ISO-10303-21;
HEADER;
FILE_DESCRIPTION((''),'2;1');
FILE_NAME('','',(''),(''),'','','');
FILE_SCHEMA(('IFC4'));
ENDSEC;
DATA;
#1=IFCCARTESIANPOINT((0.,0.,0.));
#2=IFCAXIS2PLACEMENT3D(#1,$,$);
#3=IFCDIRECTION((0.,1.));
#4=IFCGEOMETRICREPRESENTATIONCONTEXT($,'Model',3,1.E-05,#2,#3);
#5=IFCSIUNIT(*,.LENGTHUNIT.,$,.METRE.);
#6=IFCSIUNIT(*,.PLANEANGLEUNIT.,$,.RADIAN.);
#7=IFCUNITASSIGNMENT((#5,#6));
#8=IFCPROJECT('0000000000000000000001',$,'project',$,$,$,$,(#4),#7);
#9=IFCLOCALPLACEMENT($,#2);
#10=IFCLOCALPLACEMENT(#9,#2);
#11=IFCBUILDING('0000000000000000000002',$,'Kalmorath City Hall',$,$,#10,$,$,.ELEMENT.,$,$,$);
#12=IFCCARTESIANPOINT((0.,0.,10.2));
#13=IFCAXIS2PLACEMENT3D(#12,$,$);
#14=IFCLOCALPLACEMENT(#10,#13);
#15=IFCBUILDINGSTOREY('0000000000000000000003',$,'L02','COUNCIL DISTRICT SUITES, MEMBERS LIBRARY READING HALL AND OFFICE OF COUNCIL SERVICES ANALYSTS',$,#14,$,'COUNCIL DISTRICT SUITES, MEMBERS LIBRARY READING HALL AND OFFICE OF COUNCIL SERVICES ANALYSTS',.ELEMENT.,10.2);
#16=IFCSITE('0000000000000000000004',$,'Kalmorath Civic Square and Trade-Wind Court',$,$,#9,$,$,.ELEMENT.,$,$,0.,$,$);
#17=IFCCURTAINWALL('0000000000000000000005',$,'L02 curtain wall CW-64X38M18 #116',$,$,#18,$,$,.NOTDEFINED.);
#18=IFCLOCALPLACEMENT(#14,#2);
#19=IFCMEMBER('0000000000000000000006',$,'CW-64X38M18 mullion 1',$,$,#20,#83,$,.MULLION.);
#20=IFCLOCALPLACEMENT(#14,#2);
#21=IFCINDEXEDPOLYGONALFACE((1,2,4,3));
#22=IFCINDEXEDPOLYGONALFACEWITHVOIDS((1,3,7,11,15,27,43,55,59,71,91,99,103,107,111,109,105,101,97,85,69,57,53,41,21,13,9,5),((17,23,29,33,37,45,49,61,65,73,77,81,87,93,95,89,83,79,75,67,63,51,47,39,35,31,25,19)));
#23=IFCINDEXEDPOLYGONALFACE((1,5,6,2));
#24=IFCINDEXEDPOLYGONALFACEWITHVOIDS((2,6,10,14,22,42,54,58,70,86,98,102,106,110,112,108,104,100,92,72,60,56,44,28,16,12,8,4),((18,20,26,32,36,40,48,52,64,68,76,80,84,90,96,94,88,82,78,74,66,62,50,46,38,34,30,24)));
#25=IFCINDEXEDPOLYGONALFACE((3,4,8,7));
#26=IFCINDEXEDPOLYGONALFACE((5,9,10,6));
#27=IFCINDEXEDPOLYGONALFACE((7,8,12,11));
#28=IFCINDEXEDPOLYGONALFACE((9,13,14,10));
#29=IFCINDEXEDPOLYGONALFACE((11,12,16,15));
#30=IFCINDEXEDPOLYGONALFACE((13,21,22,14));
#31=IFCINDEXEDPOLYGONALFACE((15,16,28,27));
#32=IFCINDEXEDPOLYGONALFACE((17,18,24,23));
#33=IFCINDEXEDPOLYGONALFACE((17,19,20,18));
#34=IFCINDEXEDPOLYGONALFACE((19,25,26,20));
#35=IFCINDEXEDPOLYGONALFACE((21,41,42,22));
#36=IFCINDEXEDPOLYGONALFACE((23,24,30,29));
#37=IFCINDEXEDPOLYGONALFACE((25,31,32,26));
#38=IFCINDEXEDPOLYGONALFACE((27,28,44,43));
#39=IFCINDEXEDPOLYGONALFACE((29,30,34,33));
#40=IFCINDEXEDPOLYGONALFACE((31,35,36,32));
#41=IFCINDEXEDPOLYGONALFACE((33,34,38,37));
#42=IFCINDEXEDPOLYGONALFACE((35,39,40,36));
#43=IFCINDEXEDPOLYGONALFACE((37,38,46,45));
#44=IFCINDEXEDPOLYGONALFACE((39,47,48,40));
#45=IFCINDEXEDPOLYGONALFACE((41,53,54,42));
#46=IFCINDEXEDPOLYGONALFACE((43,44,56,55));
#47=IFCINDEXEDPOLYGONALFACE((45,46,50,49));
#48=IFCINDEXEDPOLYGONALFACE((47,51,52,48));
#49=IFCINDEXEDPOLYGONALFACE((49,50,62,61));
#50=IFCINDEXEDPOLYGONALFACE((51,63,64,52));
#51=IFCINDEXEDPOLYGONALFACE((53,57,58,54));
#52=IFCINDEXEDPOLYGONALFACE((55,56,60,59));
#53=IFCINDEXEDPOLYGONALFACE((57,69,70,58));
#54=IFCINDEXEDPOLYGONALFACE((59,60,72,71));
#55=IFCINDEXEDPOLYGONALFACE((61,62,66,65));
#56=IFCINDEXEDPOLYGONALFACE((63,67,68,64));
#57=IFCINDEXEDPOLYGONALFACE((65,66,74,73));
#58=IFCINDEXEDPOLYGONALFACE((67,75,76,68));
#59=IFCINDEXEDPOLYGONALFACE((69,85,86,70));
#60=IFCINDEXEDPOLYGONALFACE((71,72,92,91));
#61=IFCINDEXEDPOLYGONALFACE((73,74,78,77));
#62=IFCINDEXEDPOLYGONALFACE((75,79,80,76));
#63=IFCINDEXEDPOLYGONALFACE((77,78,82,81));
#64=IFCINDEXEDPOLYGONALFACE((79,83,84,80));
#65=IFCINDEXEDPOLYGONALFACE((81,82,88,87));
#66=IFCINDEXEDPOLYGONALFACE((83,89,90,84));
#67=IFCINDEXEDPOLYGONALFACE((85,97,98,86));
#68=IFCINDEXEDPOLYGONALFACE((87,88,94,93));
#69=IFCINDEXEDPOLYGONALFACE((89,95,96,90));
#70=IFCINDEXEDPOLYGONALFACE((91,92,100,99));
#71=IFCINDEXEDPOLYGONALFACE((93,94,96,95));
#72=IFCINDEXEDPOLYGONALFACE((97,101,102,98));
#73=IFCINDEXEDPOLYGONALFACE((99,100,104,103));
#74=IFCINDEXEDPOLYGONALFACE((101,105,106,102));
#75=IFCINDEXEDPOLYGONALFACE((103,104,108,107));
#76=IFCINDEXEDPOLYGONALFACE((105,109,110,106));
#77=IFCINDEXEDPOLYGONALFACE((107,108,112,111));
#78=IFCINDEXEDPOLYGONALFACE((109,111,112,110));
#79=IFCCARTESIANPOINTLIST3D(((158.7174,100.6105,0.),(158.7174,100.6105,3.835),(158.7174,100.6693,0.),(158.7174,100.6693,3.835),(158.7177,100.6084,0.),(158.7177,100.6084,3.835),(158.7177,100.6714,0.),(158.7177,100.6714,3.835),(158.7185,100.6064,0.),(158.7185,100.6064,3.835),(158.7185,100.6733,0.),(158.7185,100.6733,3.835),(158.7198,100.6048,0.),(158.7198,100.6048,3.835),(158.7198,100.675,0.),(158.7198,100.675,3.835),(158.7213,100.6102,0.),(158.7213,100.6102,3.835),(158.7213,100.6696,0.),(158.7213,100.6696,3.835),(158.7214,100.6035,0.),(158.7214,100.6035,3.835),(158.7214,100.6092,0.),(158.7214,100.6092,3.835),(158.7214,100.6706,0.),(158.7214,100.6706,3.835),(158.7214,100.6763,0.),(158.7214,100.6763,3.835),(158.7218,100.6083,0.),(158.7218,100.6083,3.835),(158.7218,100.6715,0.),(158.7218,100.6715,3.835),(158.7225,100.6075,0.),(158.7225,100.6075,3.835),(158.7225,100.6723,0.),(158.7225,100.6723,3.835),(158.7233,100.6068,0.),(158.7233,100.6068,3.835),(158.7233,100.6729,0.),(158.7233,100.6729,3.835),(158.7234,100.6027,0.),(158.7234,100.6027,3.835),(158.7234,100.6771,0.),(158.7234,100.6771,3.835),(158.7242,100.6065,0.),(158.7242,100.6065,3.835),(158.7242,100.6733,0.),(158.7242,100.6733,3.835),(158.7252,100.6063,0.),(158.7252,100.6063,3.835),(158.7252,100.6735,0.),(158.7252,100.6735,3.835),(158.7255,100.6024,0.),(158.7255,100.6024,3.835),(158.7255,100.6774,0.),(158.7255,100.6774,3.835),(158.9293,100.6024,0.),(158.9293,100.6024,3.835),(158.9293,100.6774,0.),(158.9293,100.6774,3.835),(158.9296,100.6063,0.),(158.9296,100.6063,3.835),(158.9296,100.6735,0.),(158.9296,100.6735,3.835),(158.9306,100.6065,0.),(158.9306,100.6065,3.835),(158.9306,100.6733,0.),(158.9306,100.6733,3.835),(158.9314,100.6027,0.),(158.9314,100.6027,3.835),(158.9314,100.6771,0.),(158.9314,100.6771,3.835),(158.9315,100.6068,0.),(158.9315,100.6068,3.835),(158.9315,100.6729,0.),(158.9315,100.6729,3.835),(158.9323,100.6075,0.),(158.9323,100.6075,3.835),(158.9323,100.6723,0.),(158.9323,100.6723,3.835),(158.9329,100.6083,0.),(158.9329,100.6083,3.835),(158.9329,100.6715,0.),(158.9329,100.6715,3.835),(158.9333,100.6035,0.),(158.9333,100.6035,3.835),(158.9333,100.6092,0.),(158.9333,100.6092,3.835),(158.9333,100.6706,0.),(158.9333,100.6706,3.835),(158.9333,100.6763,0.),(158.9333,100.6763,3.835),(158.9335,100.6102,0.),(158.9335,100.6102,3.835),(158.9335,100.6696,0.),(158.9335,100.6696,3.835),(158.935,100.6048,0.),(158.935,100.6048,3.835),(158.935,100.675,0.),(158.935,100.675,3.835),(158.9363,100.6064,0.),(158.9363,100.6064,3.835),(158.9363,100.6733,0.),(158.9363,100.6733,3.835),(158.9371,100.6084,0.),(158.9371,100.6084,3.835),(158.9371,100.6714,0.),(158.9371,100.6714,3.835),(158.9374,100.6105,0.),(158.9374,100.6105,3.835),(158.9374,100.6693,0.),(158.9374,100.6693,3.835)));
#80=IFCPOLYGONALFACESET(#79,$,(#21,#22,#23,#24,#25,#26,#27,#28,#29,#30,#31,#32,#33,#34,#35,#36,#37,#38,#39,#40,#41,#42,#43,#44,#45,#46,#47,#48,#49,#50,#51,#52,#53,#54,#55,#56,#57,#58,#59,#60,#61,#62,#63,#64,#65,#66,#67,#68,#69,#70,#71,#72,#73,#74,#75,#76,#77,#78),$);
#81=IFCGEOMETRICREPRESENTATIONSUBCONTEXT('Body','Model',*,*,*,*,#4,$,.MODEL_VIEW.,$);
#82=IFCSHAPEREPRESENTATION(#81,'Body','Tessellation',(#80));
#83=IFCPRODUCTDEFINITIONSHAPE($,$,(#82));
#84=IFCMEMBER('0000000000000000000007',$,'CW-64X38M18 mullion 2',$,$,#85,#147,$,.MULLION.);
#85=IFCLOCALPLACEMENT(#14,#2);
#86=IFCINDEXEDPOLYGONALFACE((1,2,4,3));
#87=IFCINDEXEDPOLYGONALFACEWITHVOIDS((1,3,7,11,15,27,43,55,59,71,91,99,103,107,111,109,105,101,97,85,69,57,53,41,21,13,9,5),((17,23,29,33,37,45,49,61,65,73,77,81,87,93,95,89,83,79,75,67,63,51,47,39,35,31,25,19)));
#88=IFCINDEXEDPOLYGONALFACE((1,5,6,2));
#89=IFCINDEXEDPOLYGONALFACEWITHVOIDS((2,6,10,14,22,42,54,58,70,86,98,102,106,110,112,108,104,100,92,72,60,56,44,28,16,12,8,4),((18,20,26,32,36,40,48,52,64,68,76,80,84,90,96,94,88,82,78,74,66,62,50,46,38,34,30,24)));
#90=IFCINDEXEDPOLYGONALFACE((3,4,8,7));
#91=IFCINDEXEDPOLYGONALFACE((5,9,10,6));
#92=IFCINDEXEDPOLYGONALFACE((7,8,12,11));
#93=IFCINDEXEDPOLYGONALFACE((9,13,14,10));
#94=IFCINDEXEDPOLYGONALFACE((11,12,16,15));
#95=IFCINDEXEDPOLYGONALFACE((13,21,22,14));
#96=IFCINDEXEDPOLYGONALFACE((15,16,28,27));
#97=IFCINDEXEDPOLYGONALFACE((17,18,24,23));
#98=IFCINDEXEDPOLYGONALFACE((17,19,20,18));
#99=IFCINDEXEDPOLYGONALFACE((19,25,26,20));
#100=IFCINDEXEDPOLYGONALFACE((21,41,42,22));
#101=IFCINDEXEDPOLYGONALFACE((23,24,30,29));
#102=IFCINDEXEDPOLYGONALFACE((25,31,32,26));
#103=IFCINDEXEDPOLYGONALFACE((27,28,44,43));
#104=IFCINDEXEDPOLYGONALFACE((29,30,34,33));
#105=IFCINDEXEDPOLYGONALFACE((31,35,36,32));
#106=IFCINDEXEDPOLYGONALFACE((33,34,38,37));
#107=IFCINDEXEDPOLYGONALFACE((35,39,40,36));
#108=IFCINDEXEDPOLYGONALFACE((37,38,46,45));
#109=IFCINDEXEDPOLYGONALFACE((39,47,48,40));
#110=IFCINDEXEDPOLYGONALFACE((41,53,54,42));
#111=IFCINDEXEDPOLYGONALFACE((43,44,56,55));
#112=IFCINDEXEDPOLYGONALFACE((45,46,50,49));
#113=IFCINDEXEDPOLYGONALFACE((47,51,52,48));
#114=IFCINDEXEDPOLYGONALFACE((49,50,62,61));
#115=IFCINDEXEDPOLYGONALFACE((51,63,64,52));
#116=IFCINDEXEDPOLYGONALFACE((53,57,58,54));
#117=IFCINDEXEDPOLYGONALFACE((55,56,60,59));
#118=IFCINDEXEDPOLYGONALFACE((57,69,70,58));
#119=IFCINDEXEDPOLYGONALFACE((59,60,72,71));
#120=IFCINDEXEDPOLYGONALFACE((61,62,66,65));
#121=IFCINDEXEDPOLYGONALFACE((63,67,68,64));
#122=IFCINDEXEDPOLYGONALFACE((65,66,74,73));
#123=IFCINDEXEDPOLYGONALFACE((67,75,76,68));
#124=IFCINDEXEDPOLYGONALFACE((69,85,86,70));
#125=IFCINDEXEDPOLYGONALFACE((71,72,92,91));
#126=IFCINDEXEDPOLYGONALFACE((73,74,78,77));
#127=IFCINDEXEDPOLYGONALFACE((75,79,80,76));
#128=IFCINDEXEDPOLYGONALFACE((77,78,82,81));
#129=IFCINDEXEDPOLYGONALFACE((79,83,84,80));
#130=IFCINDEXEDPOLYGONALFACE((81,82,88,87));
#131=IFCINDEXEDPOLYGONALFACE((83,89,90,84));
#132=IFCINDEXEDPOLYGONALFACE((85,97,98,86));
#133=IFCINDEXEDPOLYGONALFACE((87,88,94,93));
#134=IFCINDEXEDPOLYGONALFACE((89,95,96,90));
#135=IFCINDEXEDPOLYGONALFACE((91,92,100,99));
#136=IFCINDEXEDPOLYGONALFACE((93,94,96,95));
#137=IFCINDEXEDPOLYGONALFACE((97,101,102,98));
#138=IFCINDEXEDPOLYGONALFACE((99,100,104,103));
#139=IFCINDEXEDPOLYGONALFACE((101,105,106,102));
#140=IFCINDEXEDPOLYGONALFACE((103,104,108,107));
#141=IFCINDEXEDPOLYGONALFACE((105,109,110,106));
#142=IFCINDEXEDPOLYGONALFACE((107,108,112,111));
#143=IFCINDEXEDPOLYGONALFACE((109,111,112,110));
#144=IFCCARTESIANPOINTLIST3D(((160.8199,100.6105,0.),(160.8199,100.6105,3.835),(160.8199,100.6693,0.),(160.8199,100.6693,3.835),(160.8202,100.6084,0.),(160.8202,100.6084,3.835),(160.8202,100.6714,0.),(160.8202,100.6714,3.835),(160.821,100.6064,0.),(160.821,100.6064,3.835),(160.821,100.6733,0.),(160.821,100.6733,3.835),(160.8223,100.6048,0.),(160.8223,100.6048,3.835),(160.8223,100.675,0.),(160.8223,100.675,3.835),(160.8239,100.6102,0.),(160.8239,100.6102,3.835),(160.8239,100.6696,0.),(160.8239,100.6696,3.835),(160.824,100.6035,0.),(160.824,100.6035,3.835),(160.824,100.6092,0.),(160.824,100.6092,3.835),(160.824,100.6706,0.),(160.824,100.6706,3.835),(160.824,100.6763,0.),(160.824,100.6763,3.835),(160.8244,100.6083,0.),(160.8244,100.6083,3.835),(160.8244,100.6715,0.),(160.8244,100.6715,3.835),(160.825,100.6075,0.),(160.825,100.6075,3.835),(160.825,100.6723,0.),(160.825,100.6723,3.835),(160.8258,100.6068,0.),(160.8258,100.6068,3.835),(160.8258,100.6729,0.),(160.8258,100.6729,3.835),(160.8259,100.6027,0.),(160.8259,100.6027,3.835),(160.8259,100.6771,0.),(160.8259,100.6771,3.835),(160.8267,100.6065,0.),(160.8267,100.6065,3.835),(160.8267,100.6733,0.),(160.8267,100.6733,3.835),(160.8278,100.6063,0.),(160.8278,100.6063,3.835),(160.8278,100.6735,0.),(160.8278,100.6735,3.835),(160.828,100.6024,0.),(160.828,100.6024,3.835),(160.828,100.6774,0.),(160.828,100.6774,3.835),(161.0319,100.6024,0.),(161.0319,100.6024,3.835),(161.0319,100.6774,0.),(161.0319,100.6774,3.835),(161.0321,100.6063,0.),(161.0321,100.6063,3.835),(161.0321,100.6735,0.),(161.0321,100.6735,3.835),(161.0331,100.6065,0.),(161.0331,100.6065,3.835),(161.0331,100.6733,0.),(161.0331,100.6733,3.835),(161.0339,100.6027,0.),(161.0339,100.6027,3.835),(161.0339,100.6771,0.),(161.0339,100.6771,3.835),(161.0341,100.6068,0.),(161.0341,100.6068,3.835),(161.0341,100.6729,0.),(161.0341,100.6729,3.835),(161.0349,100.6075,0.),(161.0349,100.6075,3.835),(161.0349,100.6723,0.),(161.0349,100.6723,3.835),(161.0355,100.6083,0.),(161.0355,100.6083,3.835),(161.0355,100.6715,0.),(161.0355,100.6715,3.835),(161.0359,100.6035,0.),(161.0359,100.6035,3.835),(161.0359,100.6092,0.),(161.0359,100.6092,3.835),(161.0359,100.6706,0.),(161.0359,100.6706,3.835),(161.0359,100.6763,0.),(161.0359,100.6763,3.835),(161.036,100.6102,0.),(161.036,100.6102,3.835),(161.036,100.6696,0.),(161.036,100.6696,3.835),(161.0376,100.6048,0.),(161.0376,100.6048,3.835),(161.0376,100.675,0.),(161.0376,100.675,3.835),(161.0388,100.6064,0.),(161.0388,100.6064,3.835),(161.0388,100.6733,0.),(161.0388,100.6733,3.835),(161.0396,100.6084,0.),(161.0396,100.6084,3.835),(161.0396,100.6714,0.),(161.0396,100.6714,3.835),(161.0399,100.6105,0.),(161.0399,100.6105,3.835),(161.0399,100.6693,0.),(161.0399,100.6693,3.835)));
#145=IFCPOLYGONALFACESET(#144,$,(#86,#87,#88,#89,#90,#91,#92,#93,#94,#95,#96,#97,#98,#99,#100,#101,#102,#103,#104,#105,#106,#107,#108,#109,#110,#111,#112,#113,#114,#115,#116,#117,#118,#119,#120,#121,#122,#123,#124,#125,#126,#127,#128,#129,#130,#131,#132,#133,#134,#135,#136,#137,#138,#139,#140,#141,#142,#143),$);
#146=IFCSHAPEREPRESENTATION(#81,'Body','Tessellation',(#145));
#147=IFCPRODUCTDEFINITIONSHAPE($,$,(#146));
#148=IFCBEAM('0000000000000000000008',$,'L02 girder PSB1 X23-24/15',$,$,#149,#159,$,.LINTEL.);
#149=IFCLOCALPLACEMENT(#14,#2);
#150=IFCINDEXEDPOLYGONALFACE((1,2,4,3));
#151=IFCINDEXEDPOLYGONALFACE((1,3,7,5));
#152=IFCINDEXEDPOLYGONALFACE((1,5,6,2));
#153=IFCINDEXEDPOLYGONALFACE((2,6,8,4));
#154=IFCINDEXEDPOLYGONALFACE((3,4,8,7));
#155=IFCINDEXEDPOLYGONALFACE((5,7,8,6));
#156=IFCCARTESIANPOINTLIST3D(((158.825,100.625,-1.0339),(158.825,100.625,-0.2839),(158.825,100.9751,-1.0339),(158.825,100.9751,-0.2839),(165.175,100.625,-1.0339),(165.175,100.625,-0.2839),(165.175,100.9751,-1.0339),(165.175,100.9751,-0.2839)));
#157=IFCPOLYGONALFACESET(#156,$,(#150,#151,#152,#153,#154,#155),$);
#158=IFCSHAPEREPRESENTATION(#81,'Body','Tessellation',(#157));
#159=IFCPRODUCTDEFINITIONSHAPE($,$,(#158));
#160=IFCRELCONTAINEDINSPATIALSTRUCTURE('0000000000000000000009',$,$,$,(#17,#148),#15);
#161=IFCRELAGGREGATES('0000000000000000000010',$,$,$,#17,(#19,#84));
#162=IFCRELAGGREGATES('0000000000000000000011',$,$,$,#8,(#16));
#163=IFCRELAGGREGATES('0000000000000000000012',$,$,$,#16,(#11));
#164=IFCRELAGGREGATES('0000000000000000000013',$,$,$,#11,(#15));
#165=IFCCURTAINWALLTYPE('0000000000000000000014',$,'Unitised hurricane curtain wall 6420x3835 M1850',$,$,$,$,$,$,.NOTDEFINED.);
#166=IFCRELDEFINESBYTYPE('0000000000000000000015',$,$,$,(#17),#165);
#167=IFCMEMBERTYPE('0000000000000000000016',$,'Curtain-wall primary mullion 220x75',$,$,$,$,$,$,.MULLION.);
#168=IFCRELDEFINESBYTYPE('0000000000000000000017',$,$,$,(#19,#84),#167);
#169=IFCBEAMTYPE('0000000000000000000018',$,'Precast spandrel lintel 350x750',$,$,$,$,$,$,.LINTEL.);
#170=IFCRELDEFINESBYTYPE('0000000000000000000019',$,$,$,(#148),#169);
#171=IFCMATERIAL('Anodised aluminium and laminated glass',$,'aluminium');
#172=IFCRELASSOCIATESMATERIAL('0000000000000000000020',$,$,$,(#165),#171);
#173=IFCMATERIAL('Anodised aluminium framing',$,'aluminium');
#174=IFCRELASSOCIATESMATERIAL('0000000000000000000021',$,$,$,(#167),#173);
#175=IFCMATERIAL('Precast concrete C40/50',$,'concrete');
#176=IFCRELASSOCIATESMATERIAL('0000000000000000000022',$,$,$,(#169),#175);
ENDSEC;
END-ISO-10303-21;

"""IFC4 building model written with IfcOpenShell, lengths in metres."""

from ifc_helpers import new_model, si_unit, direction, frame, origin, origin_2d, place, context, subcontext, project, spatial, rectangle, hollow_rectangle, extrude, material, material_profile, profile_set, type_object, element, aggregate, save


model = new_model("IFC4")

# Units and contexts
model_context = context("Model", 3, precision=1e-05, world=origin(), true_north=direction((0.0, 1.0)))
body_context = subcontext(model_context, "Body", "Model", "MODEL_VIEW")
ifc_project = project(units=[si_unit("LENGTHUNIT", "METRE"), si_unit("PLANEANGLEUNIT", "RADIAN")], contexts=[model_context])

# Site, building, storey
site_placement = place(None, origin())
site = spatial("IfcSite", under=ifc_project, at=site_placement, Name="Kalmorath Civic Square and Trade-Wind Court", CompositionType="ELEMENT", RefElevation=0.0)
building_placement = place(site_placement, origin())
building = spatial("IfcBuilding", under=site, at=building_placement, Name="Kalmorath City Hall", CompositionType="ELEMENT")
storey_placement = place(building_placement, frame((0.0, 0.0, 10.2)))
storey = spatial("IfcBuildingStorey", under=building, at=storey_placement, Name="L02", Description="COUNCIL DISTRICT SUITES, MEMBERS LIBRARY READING HALL AND OFFICE OF COUNCIL SERVICES ANALYSTS", LongName="COUNCIL DISTRICT SUITES, MEMBERS LIBRARY READING HALL AND OFFICE OF COUNCIL SERVICES ANALYSTS", CompositionType="ELEMENT", Elevation=10.2)

# Curtain wall, members
ifc_material_1 = material(Name="Anodised aluminium and laminated glass", Category="aluminium")
curtain_wall_type = type_object("IfcCurtainWallType", Name="Unitised hurricane curtain wall 6420x3835 M1850", PredefinedType="NOTDEFINED", material=ifc_material_1)
curtain_wall_placement = place(storey_placement, origin())
curtain_wall = element("IfcCurtainWall", 1, at=curtain_wall_placement, inside=storey, type_object=curtain_wall_type, Name="L02 curtain wall CW-64X38M18 #116", PredefinedType="NOTDEFINED")
ifc_material_2 = material(Name="Anodised aluminium framing", Category="aluminium")
ifc_material_profile_1 = material_profile(ifc_material_2, hollow_rectangle(XDim=0.075, YDim=0.22, WallThickness=0.0039, InnerFilletRadius=0.0039, OuterFilletRadius=0.0081, at=origin_2d()), Name="ALU-MUL-220X75X4")
ifc_profile_set_1 = profile_set([ifc_material_profile_1], Name="Anodised aluminium framing")
member_type_1 = type_object("IfcMemberType", Name="Curtain-wall primary mullion 220x75", PredefinedType="MULLION", material=ifc_profile_set_1)
member_1_placement = place(storey_placement, frame((158.8274, 100.6399, 0.0), z_axis=(0.0, 0.0, 1.0), x_axis=(0.0, 1.0, 0.0)))
member_1 = element("IfcMember", 2, at=member_1_placement, type_object=member_type_1, Name="CW-64X38M18 mullion 1", PredefinedType="MULLION", context=body_context, shape_type="SweptSolid", body=[
    extrude(hollow_rectangle(XDim=0.075, YDim=0.22, WallThickness=0.0039, InnerFilletRadius=0.0039, OuterFilletRadius=0.0081, at=origin_2d()), origin(), (0.0, 0.0, 1.0), 3.835),
])
member_2_placement = place(storey_placement, frame((160.9299, 100.6399, 0.0), z_axis=(0.0, 0.0, 1.0), x_axis=(0.0, 1.0, 0.0)))
member_2 = element("IfcMember", 3, at=member_2_placement, type_object=member_type_1, Name="CW-64X38M18 mullion 2", PredefinedType="MULLION", context=body_context, shape_type="SweptSolid", body=[
    extrude(hollow_rectangle(XDim=0.075, YDim=0.22, WallThickness=0.0039, InnerFilletRadius=0.0039, OuterFilletRadius=0.0081, at=origin_2d()), origin(), (0.0, 0.0, 1.0), 3.835),
])

# Beam
ifc_material_3 = material(Name="Precast concrete C40/50", Category="concrete")
ifc_material_profile_2 = material_profile(ifc_material_3, rectangle(XDim=0.3501, YDim=0.75, at=origin_2d()), Name="PC-SP-350X750")
ifc_profile_set_2 = profile_set([ifc_material_profile_2], Name="Precast concrete C40/50")
beam_type_1 = type_object("IfcBeamType", Name="Precast spandrel lintel 350x750", PredefinedType="LINTEL", material=ifc_profile_set_2)
beam_1_placement = place(storey_placement, frame((158.825, 100.8, -0.6589), z_axis=(1.0, 0.0, 0.0), x_axis=(0.0, 1.0, 0.0)))
element("IfcBeam", 4, at=beam_1_placement, inside=storey, type_object=beam_type_1, Name="L02 girder PSB1 X23-24/15", PredefinedType="LINTEL", context=body_context, shape_type="SweptSolid", body=[
    extrude(rectangle(XDim=0.3501, YDim=0.75, at=origin_2d()), origin(), (0.0, 0.0, 1.0), 6.3501),
])

aggregate(curtain_wall, [member_1, member_2])

save(model, "model.ifc")
